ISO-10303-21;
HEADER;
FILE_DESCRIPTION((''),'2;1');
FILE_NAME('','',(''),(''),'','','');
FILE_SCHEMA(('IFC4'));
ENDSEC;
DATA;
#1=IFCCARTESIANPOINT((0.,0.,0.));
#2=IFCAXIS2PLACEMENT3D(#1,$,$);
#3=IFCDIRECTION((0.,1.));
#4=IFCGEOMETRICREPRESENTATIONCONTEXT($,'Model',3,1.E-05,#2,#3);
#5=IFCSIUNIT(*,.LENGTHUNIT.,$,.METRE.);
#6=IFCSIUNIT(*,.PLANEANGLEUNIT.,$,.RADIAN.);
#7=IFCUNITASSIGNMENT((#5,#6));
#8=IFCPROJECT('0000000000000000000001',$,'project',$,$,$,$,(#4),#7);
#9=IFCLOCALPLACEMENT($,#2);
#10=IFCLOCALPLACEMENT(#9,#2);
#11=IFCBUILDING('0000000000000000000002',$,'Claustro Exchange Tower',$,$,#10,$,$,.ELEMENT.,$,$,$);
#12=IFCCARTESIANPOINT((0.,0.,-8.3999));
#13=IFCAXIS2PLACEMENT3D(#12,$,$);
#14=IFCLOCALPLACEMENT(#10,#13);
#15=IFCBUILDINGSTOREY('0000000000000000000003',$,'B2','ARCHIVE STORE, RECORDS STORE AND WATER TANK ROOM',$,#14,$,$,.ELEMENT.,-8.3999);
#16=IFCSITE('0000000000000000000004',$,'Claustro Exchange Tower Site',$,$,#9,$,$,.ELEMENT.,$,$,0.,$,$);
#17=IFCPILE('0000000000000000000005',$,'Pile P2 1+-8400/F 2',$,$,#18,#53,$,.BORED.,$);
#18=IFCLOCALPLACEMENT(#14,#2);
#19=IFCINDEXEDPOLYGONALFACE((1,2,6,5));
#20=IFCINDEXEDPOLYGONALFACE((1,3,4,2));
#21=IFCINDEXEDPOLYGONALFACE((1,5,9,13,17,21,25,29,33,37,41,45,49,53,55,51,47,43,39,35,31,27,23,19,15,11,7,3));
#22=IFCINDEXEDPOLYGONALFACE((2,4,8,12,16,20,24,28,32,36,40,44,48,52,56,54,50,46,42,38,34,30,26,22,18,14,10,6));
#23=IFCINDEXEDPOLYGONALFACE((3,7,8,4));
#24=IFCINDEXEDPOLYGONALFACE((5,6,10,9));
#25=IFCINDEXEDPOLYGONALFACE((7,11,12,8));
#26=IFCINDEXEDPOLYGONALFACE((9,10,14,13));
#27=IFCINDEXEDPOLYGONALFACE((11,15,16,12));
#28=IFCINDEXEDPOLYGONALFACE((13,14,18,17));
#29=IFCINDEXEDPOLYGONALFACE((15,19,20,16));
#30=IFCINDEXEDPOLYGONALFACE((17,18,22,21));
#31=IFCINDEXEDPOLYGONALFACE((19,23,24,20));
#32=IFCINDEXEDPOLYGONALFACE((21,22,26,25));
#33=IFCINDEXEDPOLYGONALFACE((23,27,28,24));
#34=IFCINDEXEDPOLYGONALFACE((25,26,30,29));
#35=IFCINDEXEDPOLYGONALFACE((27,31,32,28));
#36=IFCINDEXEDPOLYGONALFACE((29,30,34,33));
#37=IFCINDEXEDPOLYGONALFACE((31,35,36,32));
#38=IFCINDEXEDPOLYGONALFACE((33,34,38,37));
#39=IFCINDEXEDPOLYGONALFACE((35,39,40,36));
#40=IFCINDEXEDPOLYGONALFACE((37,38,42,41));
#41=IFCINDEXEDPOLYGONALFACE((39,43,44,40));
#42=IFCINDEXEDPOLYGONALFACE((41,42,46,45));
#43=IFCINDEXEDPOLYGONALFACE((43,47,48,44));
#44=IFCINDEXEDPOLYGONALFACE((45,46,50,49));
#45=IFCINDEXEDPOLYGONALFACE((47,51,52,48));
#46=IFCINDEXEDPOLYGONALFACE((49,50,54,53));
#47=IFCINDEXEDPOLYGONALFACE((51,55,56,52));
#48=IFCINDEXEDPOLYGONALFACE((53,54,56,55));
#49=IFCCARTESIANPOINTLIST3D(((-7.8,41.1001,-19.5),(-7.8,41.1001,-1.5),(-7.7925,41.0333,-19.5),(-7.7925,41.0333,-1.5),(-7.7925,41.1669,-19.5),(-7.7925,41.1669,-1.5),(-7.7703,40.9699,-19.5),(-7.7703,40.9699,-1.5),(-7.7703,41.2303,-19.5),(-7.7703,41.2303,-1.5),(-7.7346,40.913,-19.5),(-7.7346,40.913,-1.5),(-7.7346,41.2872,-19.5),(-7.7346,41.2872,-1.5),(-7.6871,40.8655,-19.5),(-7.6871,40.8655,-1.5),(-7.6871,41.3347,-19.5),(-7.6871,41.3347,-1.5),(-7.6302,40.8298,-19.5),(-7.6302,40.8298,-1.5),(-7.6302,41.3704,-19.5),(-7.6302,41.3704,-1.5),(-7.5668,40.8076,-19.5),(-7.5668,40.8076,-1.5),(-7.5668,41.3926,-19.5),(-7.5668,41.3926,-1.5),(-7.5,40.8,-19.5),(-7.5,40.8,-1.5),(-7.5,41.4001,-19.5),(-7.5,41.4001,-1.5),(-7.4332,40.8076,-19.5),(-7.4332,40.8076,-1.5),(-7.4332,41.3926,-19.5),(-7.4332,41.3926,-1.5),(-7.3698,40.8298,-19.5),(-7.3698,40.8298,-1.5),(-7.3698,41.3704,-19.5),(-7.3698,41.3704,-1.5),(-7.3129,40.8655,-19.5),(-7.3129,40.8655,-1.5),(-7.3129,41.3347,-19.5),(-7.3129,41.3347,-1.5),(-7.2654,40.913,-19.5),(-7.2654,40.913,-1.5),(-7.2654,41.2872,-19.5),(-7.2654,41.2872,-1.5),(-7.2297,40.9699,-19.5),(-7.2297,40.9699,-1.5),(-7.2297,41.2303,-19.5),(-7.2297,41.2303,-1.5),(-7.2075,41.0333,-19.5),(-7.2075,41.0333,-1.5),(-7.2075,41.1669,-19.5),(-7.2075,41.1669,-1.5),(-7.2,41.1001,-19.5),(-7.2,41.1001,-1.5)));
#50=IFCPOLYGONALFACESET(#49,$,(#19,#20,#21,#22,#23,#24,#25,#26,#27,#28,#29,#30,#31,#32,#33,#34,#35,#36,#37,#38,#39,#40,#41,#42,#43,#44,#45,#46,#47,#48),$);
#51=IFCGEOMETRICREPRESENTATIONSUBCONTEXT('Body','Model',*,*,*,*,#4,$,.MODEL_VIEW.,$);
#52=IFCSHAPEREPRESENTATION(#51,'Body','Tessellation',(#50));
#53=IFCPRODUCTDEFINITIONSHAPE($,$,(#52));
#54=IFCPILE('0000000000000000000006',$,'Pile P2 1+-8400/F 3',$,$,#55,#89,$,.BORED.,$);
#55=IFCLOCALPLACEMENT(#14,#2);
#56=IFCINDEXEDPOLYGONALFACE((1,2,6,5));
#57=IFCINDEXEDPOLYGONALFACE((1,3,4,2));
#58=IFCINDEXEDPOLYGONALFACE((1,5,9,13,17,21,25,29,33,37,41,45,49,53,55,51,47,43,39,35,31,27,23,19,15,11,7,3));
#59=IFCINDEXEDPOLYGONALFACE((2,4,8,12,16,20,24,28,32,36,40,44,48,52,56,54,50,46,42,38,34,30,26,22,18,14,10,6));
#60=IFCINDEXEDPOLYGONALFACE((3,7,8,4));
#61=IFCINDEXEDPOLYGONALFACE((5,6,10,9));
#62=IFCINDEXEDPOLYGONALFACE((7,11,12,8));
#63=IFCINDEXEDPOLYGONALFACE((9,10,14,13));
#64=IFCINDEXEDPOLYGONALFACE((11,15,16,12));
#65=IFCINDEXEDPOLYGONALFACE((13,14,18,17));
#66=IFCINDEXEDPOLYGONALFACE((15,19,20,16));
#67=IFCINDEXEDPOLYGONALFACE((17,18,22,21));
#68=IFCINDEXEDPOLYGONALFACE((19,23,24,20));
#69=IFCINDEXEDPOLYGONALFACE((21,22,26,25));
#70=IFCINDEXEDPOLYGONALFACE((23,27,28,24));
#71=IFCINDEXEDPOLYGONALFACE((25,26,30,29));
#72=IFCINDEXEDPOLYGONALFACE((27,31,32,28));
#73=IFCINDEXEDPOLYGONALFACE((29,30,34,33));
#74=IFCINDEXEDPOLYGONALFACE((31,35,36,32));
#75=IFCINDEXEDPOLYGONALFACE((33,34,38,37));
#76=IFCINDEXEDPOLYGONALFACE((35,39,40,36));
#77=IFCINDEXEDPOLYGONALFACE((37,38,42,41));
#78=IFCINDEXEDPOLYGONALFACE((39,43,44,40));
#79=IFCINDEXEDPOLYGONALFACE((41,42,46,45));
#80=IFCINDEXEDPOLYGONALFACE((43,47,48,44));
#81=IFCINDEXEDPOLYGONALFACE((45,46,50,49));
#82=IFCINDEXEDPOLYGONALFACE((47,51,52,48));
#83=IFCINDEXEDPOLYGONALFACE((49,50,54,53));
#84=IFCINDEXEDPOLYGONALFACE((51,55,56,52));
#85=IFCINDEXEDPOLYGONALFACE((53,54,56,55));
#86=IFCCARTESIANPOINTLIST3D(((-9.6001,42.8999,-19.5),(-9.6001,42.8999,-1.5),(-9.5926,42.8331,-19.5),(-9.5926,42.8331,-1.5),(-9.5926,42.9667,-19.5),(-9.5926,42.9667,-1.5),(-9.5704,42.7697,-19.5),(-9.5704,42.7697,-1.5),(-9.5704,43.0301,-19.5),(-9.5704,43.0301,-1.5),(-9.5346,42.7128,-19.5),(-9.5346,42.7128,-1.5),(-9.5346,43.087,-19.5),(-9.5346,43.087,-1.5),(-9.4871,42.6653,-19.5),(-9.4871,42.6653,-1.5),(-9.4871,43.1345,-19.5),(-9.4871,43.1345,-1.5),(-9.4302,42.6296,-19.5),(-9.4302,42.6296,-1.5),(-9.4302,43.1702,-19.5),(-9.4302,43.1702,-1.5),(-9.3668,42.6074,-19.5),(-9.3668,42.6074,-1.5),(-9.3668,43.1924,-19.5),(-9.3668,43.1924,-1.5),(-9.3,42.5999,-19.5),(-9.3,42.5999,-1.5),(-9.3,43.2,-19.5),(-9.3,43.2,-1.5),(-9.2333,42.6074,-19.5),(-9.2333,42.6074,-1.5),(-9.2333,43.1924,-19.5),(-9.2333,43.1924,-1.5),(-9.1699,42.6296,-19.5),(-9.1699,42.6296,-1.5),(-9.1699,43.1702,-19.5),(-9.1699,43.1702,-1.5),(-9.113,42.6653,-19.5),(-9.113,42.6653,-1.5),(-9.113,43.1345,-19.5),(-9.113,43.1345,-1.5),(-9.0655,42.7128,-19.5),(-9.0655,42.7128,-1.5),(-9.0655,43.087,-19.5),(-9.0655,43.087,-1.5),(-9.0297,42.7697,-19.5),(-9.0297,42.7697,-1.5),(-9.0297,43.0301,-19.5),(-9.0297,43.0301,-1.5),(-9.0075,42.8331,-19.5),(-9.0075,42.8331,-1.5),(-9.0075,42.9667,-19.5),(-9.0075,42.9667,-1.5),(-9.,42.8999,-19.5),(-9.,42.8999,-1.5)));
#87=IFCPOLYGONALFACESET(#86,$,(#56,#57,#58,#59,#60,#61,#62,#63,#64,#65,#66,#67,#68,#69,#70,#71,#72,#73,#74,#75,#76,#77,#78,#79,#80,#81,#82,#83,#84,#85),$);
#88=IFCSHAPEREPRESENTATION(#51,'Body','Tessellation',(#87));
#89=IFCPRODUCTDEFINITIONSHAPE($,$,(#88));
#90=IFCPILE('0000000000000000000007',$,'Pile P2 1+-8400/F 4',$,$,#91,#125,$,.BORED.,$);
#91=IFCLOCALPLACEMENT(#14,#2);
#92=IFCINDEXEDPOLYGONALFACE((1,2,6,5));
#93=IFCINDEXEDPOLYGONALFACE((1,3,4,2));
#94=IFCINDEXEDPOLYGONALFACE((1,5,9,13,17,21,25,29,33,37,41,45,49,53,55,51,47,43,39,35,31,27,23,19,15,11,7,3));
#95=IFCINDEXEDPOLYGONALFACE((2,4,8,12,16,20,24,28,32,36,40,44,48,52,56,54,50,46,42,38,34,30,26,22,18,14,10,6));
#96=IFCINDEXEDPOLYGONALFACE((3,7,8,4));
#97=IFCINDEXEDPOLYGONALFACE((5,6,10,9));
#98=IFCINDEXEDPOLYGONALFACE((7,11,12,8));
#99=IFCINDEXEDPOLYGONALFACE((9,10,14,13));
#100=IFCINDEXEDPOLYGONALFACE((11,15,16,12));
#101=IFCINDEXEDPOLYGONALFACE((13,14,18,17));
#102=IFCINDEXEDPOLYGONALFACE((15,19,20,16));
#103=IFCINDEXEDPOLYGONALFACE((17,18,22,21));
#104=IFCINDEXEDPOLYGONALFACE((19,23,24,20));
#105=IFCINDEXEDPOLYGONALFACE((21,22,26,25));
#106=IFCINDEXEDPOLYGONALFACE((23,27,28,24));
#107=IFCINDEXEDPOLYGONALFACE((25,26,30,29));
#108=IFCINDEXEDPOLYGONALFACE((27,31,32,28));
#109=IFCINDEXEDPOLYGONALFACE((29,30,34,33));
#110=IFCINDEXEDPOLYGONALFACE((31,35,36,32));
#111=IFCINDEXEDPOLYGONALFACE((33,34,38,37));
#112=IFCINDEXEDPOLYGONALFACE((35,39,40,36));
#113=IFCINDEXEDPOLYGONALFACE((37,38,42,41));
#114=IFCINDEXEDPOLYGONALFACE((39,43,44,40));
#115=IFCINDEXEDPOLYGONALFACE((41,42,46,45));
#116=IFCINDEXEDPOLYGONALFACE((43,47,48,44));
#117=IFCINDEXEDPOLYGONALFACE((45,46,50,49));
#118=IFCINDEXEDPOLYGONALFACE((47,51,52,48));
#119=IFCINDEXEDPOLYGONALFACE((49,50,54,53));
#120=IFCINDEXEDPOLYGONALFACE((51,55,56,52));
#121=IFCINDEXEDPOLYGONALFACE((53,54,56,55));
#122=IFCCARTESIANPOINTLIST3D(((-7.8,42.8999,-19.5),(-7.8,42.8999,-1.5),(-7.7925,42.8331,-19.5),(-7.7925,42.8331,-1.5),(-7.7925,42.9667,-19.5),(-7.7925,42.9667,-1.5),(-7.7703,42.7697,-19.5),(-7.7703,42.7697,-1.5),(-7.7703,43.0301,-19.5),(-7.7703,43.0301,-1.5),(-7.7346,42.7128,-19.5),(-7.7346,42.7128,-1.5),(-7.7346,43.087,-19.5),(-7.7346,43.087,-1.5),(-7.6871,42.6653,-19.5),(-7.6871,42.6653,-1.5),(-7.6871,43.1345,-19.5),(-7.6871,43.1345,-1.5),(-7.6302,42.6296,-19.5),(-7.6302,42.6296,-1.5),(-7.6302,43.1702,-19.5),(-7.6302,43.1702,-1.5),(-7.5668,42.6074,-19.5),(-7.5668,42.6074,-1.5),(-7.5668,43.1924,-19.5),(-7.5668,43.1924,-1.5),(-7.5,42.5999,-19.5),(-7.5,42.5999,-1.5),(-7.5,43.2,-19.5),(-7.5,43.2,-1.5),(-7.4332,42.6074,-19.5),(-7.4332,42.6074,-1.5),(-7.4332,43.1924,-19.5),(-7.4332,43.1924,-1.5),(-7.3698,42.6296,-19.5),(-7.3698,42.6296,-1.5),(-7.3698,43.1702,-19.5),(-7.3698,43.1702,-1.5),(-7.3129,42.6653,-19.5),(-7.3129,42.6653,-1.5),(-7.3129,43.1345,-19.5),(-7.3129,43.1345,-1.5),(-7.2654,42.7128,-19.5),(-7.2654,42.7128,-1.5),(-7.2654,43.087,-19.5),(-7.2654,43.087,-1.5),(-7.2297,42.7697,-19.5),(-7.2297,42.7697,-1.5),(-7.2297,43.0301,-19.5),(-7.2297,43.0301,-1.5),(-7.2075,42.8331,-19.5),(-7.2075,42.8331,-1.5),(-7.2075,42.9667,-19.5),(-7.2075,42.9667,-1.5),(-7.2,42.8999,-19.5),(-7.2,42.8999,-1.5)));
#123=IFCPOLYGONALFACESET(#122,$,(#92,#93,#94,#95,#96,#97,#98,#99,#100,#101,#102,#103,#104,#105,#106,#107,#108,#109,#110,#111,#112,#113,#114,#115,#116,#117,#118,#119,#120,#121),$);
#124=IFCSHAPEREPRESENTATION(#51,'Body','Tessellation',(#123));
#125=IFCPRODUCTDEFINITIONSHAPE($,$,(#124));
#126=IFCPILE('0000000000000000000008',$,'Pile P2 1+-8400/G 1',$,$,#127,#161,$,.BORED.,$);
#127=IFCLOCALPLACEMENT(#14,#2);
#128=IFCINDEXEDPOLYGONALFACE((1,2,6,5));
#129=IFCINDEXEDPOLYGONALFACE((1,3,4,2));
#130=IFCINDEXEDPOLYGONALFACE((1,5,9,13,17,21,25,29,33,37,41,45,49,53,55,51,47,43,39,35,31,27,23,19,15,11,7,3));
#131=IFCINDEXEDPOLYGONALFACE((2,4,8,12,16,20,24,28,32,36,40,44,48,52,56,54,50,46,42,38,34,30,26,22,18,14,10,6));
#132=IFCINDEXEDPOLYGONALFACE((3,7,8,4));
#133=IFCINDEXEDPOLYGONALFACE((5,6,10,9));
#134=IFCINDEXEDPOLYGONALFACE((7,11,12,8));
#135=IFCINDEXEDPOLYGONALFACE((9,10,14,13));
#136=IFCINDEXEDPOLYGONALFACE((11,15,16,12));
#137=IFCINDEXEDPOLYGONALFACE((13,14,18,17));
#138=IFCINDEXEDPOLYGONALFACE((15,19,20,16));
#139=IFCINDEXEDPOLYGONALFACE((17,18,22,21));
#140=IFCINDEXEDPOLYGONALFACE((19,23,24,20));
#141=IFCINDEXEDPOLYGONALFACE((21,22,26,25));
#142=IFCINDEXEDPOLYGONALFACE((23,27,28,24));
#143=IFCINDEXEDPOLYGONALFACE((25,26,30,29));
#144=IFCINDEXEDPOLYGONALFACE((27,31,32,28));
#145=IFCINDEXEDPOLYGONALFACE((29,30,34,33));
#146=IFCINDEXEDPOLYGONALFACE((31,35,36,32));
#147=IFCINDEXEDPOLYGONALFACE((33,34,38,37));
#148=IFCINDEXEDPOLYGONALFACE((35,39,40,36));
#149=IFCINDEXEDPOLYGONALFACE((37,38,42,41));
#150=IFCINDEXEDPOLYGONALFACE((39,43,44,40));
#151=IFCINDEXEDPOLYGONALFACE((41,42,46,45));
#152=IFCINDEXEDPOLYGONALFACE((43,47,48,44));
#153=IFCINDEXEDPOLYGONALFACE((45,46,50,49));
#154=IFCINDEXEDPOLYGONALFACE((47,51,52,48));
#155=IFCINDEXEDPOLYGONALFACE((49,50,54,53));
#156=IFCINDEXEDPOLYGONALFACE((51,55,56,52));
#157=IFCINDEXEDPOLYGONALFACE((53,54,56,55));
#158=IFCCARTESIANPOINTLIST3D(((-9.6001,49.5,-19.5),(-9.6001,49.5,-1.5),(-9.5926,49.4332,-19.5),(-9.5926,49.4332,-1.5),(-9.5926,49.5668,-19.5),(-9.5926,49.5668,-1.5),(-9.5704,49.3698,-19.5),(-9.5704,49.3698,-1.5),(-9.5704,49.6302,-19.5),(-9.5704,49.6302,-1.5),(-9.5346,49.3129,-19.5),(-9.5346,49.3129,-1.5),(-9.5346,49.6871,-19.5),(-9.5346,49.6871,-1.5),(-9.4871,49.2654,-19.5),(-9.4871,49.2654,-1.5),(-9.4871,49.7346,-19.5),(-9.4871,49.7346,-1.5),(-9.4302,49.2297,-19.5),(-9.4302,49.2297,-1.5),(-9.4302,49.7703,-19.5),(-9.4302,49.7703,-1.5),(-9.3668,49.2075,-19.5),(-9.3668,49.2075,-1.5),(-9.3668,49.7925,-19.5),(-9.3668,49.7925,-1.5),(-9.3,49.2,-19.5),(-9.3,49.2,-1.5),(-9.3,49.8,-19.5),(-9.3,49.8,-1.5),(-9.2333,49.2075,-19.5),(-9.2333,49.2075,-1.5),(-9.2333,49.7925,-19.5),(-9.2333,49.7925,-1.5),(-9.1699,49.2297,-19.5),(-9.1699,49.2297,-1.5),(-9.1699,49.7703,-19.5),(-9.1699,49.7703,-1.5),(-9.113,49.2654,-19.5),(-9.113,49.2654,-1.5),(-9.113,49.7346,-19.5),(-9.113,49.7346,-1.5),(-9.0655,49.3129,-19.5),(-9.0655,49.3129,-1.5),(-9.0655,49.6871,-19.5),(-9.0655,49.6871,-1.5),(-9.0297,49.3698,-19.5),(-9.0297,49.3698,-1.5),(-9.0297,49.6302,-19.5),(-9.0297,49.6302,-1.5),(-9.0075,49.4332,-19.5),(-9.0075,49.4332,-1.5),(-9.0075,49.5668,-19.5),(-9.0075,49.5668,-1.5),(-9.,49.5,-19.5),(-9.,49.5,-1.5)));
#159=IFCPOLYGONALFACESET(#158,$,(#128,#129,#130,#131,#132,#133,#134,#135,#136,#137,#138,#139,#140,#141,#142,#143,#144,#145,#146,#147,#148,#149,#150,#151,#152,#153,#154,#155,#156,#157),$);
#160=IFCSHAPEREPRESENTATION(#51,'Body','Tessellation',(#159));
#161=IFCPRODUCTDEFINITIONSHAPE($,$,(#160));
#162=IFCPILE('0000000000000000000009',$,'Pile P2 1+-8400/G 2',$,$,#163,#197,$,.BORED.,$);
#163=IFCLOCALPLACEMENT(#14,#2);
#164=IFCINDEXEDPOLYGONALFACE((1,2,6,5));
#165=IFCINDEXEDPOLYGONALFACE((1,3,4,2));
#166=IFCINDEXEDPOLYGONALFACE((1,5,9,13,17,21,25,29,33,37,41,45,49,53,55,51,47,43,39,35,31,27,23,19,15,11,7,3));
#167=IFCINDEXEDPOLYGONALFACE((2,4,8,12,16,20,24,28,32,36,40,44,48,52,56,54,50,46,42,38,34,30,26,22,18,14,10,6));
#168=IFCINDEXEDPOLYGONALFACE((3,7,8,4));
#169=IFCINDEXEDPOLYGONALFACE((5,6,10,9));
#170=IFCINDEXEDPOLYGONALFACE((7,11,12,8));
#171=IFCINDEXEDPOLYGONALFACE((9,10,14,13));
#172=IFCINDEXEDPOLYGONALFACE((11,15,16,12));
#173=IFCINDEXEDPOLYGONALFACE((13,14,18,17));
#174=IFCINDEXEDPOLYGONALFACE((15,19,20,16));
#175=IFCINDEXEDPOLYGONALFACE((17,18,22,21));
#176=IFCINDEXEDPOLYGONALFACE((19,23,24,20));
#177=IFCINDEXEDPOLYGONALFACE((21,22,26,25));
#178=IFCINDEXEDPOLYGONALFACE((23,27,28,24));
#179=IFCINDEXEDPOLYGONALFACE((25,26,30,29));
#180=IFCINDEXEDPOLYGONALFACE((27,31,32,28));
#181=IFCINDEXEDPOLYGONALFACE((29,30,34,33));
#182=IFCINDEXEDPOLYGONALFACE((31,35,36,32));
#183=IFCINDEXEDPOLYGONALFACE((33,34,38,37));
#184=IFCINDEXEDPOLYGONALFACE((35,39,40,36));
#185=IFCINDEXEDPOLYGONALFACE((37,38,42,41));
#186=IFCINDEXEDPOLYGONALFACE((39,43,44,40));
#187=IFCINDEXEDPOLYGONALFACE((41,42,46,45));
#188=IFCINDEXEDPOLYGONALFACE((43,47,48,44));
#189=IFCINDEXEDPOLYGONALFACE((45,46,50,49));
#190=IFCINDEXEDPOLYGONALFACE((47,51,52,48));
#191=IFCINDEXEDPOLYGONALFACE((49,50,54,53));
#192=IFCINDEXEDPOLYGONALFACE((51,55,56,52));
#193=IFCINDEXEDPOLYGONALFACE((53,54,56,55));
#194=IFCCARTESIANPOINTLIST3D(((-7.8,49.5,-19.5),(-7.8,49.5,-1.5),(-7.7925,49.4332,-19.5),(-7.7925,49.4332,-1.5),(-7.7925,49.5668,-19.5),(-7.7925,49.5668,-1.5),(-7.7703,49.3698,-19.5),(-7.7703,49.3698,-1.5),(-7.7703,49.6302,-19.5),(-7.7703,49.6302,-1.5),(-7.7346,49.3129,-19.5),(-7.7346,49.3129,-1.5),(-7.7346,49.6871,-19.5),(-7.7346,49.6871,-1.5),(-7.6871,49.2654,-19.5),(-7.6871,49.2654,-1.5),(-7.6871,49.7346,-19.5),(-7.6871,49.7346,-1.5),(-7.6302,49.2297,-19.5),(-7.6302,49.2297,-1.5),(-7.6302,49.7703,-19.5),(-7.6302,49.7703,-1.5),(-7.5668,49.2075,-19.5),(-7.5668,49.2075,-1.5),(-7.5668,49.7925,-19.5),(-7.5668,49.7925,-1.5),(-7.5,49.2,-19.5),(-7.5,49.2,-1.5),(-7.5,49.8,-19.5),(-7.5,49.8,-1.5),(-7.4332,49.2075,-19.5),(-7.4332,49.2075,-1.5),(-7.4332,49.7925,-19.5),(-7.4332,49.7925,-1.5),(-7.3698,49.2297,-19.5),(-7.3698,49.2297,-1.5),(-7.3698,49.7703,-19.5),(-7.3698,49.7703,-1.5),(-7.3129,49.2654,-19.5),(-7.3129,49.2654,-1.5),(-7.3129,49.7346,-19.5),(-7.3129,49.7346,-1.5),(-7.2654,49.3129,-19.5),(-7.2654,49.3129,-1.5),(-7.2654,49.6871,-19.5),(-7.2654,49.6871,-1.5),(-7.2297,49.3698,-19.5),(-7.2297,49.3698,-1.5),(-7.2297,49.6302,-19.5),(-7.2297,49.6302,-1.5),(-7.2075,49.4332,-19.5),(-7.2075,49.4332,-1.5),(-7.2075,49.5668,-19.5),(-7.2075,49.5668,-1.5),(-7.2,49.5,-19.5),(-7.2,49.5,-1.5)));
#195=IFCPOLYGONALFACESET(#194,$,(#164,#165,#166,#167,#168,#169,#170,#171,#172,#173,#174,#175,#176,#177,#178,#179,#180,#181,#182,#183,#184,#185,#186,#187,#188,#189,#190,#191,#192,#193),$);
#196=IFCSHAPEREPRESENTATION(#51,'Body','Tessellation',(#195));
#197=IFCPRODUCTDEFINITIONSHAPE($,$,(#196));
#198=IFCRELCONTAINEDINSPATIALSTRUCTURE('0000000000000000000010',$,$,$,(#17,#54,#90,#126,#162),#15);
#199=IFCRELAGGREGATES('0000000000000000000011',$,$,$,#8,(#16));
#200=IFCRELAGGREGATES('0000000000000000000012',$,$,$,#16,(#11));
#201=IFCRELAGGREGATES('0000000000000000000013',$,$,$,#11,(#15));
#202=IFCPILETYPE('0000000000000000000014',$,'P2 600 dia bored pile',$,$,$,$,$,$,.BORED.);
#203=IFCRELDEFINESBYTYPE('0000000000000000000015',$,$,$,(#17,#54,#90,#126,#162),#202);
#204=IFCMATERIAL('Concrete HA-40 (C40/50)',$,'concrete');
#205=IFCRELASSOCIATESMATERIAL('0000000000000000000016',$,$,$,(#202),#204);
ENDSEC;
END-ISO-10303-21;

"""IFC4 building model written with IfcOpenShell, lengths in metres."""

from ifc_helpers import new_model, si_unit, direction, frame, origin, origin_2d, place, context, subcontext, project, spatial, circle, extrude, material, type_object, element, save


model = new_model("IFC4")

# Units and contexts
model_context = context("Model", 3, precision=1e-05, world=origin(), true_north=direction((0.0, 1.0)))
body_context = subcontext(model_context, "Body", "Model", "MODEL_VIEW")
ifc_project = project(units=[si_unit("LENGTHUNIT", "METRE"), si_unit("PLANEANGLEUNIT", "RADIAN")], contexts=[model_context])

# Site, building, storey
site_placement = place(None, origin())
site = spatial("IfcSite", under=ifc_project, at=site_placement, Name="Claustro Exchange Tower Site", CompositionType="ELEMENT", RefElevation=0.0)
building_placement = place(site_placement, origin())
building = spatial("IfcBuilding", under=site, at=building_placement, Name="Claustro Exchange Tower", CompositionType="ELEMENT")
storey_placement = place(building_placement, frame((0.0, 0.0, -8.3999)))
storey = spatial("IfcBuildingStorey", under=building, at=storey_placement, Name="B2", Description="ARCHIVE STORE, RECORDS STORE AND WATER TANK ROOM", CompositionType="ELEMENT", Elevation=-8.3999)

# Piles
ifc_material_1 = material(Name="Concrete HA-40 (C40/50)", Category="concrete")
pile_type_1 = type_object("IfcPileType", Name="P2 600 dia bored pile", PredefinedType="BORED", material=ifc_material_1)
for number, where, z_axis, x_axis, name in (
    (1, (-7.5, 41.1001, -1.5), (0.0, 0.0, -1.0), (1.0, 0.0, 0.0), "Pile P2 1+-8400/F 2"),
    (2, (-9.3, 42.8999, -1.5), (0.0, 0.0, -1.0), (1.0, 0.0, 0.0), "Pile P2 1+-8400/F 3"),
    (3, (-7.5, 42.8999, -1.5), (0.0, 0.0, -1.0), (1.0, 0.0, 0.0), "Pile P2 1+-8400/F 4"),
    (4, (-9.3, 49.5, -1.5), (0.0, 0.0, -1.0), (1.0, 0.0, 0.0), "Pile P2 1+-8400/G 1"),
    (5, (-7.5, 49.5, -1.5), (0.0, 0.0, -1.0), (1.0, 0.0, 0.0), "Pile P2 1+-8400/G 2"),
):
    element("IfcPile", number, at=place(storey_placement, frame(where, z_axis=z_axis, x_axis=x_axis)), inside=storey, type_object=pile_type_1, Name=name, PredefinedType="BORED", context=body_context, shape_type="SweptSolid", body=[
        extrude(circle(Radius=0.3, at=origin_2d()), origin(), (0.0, 0.0, 1.0), 18.0),
    ])

save(model, "model.ifc")
